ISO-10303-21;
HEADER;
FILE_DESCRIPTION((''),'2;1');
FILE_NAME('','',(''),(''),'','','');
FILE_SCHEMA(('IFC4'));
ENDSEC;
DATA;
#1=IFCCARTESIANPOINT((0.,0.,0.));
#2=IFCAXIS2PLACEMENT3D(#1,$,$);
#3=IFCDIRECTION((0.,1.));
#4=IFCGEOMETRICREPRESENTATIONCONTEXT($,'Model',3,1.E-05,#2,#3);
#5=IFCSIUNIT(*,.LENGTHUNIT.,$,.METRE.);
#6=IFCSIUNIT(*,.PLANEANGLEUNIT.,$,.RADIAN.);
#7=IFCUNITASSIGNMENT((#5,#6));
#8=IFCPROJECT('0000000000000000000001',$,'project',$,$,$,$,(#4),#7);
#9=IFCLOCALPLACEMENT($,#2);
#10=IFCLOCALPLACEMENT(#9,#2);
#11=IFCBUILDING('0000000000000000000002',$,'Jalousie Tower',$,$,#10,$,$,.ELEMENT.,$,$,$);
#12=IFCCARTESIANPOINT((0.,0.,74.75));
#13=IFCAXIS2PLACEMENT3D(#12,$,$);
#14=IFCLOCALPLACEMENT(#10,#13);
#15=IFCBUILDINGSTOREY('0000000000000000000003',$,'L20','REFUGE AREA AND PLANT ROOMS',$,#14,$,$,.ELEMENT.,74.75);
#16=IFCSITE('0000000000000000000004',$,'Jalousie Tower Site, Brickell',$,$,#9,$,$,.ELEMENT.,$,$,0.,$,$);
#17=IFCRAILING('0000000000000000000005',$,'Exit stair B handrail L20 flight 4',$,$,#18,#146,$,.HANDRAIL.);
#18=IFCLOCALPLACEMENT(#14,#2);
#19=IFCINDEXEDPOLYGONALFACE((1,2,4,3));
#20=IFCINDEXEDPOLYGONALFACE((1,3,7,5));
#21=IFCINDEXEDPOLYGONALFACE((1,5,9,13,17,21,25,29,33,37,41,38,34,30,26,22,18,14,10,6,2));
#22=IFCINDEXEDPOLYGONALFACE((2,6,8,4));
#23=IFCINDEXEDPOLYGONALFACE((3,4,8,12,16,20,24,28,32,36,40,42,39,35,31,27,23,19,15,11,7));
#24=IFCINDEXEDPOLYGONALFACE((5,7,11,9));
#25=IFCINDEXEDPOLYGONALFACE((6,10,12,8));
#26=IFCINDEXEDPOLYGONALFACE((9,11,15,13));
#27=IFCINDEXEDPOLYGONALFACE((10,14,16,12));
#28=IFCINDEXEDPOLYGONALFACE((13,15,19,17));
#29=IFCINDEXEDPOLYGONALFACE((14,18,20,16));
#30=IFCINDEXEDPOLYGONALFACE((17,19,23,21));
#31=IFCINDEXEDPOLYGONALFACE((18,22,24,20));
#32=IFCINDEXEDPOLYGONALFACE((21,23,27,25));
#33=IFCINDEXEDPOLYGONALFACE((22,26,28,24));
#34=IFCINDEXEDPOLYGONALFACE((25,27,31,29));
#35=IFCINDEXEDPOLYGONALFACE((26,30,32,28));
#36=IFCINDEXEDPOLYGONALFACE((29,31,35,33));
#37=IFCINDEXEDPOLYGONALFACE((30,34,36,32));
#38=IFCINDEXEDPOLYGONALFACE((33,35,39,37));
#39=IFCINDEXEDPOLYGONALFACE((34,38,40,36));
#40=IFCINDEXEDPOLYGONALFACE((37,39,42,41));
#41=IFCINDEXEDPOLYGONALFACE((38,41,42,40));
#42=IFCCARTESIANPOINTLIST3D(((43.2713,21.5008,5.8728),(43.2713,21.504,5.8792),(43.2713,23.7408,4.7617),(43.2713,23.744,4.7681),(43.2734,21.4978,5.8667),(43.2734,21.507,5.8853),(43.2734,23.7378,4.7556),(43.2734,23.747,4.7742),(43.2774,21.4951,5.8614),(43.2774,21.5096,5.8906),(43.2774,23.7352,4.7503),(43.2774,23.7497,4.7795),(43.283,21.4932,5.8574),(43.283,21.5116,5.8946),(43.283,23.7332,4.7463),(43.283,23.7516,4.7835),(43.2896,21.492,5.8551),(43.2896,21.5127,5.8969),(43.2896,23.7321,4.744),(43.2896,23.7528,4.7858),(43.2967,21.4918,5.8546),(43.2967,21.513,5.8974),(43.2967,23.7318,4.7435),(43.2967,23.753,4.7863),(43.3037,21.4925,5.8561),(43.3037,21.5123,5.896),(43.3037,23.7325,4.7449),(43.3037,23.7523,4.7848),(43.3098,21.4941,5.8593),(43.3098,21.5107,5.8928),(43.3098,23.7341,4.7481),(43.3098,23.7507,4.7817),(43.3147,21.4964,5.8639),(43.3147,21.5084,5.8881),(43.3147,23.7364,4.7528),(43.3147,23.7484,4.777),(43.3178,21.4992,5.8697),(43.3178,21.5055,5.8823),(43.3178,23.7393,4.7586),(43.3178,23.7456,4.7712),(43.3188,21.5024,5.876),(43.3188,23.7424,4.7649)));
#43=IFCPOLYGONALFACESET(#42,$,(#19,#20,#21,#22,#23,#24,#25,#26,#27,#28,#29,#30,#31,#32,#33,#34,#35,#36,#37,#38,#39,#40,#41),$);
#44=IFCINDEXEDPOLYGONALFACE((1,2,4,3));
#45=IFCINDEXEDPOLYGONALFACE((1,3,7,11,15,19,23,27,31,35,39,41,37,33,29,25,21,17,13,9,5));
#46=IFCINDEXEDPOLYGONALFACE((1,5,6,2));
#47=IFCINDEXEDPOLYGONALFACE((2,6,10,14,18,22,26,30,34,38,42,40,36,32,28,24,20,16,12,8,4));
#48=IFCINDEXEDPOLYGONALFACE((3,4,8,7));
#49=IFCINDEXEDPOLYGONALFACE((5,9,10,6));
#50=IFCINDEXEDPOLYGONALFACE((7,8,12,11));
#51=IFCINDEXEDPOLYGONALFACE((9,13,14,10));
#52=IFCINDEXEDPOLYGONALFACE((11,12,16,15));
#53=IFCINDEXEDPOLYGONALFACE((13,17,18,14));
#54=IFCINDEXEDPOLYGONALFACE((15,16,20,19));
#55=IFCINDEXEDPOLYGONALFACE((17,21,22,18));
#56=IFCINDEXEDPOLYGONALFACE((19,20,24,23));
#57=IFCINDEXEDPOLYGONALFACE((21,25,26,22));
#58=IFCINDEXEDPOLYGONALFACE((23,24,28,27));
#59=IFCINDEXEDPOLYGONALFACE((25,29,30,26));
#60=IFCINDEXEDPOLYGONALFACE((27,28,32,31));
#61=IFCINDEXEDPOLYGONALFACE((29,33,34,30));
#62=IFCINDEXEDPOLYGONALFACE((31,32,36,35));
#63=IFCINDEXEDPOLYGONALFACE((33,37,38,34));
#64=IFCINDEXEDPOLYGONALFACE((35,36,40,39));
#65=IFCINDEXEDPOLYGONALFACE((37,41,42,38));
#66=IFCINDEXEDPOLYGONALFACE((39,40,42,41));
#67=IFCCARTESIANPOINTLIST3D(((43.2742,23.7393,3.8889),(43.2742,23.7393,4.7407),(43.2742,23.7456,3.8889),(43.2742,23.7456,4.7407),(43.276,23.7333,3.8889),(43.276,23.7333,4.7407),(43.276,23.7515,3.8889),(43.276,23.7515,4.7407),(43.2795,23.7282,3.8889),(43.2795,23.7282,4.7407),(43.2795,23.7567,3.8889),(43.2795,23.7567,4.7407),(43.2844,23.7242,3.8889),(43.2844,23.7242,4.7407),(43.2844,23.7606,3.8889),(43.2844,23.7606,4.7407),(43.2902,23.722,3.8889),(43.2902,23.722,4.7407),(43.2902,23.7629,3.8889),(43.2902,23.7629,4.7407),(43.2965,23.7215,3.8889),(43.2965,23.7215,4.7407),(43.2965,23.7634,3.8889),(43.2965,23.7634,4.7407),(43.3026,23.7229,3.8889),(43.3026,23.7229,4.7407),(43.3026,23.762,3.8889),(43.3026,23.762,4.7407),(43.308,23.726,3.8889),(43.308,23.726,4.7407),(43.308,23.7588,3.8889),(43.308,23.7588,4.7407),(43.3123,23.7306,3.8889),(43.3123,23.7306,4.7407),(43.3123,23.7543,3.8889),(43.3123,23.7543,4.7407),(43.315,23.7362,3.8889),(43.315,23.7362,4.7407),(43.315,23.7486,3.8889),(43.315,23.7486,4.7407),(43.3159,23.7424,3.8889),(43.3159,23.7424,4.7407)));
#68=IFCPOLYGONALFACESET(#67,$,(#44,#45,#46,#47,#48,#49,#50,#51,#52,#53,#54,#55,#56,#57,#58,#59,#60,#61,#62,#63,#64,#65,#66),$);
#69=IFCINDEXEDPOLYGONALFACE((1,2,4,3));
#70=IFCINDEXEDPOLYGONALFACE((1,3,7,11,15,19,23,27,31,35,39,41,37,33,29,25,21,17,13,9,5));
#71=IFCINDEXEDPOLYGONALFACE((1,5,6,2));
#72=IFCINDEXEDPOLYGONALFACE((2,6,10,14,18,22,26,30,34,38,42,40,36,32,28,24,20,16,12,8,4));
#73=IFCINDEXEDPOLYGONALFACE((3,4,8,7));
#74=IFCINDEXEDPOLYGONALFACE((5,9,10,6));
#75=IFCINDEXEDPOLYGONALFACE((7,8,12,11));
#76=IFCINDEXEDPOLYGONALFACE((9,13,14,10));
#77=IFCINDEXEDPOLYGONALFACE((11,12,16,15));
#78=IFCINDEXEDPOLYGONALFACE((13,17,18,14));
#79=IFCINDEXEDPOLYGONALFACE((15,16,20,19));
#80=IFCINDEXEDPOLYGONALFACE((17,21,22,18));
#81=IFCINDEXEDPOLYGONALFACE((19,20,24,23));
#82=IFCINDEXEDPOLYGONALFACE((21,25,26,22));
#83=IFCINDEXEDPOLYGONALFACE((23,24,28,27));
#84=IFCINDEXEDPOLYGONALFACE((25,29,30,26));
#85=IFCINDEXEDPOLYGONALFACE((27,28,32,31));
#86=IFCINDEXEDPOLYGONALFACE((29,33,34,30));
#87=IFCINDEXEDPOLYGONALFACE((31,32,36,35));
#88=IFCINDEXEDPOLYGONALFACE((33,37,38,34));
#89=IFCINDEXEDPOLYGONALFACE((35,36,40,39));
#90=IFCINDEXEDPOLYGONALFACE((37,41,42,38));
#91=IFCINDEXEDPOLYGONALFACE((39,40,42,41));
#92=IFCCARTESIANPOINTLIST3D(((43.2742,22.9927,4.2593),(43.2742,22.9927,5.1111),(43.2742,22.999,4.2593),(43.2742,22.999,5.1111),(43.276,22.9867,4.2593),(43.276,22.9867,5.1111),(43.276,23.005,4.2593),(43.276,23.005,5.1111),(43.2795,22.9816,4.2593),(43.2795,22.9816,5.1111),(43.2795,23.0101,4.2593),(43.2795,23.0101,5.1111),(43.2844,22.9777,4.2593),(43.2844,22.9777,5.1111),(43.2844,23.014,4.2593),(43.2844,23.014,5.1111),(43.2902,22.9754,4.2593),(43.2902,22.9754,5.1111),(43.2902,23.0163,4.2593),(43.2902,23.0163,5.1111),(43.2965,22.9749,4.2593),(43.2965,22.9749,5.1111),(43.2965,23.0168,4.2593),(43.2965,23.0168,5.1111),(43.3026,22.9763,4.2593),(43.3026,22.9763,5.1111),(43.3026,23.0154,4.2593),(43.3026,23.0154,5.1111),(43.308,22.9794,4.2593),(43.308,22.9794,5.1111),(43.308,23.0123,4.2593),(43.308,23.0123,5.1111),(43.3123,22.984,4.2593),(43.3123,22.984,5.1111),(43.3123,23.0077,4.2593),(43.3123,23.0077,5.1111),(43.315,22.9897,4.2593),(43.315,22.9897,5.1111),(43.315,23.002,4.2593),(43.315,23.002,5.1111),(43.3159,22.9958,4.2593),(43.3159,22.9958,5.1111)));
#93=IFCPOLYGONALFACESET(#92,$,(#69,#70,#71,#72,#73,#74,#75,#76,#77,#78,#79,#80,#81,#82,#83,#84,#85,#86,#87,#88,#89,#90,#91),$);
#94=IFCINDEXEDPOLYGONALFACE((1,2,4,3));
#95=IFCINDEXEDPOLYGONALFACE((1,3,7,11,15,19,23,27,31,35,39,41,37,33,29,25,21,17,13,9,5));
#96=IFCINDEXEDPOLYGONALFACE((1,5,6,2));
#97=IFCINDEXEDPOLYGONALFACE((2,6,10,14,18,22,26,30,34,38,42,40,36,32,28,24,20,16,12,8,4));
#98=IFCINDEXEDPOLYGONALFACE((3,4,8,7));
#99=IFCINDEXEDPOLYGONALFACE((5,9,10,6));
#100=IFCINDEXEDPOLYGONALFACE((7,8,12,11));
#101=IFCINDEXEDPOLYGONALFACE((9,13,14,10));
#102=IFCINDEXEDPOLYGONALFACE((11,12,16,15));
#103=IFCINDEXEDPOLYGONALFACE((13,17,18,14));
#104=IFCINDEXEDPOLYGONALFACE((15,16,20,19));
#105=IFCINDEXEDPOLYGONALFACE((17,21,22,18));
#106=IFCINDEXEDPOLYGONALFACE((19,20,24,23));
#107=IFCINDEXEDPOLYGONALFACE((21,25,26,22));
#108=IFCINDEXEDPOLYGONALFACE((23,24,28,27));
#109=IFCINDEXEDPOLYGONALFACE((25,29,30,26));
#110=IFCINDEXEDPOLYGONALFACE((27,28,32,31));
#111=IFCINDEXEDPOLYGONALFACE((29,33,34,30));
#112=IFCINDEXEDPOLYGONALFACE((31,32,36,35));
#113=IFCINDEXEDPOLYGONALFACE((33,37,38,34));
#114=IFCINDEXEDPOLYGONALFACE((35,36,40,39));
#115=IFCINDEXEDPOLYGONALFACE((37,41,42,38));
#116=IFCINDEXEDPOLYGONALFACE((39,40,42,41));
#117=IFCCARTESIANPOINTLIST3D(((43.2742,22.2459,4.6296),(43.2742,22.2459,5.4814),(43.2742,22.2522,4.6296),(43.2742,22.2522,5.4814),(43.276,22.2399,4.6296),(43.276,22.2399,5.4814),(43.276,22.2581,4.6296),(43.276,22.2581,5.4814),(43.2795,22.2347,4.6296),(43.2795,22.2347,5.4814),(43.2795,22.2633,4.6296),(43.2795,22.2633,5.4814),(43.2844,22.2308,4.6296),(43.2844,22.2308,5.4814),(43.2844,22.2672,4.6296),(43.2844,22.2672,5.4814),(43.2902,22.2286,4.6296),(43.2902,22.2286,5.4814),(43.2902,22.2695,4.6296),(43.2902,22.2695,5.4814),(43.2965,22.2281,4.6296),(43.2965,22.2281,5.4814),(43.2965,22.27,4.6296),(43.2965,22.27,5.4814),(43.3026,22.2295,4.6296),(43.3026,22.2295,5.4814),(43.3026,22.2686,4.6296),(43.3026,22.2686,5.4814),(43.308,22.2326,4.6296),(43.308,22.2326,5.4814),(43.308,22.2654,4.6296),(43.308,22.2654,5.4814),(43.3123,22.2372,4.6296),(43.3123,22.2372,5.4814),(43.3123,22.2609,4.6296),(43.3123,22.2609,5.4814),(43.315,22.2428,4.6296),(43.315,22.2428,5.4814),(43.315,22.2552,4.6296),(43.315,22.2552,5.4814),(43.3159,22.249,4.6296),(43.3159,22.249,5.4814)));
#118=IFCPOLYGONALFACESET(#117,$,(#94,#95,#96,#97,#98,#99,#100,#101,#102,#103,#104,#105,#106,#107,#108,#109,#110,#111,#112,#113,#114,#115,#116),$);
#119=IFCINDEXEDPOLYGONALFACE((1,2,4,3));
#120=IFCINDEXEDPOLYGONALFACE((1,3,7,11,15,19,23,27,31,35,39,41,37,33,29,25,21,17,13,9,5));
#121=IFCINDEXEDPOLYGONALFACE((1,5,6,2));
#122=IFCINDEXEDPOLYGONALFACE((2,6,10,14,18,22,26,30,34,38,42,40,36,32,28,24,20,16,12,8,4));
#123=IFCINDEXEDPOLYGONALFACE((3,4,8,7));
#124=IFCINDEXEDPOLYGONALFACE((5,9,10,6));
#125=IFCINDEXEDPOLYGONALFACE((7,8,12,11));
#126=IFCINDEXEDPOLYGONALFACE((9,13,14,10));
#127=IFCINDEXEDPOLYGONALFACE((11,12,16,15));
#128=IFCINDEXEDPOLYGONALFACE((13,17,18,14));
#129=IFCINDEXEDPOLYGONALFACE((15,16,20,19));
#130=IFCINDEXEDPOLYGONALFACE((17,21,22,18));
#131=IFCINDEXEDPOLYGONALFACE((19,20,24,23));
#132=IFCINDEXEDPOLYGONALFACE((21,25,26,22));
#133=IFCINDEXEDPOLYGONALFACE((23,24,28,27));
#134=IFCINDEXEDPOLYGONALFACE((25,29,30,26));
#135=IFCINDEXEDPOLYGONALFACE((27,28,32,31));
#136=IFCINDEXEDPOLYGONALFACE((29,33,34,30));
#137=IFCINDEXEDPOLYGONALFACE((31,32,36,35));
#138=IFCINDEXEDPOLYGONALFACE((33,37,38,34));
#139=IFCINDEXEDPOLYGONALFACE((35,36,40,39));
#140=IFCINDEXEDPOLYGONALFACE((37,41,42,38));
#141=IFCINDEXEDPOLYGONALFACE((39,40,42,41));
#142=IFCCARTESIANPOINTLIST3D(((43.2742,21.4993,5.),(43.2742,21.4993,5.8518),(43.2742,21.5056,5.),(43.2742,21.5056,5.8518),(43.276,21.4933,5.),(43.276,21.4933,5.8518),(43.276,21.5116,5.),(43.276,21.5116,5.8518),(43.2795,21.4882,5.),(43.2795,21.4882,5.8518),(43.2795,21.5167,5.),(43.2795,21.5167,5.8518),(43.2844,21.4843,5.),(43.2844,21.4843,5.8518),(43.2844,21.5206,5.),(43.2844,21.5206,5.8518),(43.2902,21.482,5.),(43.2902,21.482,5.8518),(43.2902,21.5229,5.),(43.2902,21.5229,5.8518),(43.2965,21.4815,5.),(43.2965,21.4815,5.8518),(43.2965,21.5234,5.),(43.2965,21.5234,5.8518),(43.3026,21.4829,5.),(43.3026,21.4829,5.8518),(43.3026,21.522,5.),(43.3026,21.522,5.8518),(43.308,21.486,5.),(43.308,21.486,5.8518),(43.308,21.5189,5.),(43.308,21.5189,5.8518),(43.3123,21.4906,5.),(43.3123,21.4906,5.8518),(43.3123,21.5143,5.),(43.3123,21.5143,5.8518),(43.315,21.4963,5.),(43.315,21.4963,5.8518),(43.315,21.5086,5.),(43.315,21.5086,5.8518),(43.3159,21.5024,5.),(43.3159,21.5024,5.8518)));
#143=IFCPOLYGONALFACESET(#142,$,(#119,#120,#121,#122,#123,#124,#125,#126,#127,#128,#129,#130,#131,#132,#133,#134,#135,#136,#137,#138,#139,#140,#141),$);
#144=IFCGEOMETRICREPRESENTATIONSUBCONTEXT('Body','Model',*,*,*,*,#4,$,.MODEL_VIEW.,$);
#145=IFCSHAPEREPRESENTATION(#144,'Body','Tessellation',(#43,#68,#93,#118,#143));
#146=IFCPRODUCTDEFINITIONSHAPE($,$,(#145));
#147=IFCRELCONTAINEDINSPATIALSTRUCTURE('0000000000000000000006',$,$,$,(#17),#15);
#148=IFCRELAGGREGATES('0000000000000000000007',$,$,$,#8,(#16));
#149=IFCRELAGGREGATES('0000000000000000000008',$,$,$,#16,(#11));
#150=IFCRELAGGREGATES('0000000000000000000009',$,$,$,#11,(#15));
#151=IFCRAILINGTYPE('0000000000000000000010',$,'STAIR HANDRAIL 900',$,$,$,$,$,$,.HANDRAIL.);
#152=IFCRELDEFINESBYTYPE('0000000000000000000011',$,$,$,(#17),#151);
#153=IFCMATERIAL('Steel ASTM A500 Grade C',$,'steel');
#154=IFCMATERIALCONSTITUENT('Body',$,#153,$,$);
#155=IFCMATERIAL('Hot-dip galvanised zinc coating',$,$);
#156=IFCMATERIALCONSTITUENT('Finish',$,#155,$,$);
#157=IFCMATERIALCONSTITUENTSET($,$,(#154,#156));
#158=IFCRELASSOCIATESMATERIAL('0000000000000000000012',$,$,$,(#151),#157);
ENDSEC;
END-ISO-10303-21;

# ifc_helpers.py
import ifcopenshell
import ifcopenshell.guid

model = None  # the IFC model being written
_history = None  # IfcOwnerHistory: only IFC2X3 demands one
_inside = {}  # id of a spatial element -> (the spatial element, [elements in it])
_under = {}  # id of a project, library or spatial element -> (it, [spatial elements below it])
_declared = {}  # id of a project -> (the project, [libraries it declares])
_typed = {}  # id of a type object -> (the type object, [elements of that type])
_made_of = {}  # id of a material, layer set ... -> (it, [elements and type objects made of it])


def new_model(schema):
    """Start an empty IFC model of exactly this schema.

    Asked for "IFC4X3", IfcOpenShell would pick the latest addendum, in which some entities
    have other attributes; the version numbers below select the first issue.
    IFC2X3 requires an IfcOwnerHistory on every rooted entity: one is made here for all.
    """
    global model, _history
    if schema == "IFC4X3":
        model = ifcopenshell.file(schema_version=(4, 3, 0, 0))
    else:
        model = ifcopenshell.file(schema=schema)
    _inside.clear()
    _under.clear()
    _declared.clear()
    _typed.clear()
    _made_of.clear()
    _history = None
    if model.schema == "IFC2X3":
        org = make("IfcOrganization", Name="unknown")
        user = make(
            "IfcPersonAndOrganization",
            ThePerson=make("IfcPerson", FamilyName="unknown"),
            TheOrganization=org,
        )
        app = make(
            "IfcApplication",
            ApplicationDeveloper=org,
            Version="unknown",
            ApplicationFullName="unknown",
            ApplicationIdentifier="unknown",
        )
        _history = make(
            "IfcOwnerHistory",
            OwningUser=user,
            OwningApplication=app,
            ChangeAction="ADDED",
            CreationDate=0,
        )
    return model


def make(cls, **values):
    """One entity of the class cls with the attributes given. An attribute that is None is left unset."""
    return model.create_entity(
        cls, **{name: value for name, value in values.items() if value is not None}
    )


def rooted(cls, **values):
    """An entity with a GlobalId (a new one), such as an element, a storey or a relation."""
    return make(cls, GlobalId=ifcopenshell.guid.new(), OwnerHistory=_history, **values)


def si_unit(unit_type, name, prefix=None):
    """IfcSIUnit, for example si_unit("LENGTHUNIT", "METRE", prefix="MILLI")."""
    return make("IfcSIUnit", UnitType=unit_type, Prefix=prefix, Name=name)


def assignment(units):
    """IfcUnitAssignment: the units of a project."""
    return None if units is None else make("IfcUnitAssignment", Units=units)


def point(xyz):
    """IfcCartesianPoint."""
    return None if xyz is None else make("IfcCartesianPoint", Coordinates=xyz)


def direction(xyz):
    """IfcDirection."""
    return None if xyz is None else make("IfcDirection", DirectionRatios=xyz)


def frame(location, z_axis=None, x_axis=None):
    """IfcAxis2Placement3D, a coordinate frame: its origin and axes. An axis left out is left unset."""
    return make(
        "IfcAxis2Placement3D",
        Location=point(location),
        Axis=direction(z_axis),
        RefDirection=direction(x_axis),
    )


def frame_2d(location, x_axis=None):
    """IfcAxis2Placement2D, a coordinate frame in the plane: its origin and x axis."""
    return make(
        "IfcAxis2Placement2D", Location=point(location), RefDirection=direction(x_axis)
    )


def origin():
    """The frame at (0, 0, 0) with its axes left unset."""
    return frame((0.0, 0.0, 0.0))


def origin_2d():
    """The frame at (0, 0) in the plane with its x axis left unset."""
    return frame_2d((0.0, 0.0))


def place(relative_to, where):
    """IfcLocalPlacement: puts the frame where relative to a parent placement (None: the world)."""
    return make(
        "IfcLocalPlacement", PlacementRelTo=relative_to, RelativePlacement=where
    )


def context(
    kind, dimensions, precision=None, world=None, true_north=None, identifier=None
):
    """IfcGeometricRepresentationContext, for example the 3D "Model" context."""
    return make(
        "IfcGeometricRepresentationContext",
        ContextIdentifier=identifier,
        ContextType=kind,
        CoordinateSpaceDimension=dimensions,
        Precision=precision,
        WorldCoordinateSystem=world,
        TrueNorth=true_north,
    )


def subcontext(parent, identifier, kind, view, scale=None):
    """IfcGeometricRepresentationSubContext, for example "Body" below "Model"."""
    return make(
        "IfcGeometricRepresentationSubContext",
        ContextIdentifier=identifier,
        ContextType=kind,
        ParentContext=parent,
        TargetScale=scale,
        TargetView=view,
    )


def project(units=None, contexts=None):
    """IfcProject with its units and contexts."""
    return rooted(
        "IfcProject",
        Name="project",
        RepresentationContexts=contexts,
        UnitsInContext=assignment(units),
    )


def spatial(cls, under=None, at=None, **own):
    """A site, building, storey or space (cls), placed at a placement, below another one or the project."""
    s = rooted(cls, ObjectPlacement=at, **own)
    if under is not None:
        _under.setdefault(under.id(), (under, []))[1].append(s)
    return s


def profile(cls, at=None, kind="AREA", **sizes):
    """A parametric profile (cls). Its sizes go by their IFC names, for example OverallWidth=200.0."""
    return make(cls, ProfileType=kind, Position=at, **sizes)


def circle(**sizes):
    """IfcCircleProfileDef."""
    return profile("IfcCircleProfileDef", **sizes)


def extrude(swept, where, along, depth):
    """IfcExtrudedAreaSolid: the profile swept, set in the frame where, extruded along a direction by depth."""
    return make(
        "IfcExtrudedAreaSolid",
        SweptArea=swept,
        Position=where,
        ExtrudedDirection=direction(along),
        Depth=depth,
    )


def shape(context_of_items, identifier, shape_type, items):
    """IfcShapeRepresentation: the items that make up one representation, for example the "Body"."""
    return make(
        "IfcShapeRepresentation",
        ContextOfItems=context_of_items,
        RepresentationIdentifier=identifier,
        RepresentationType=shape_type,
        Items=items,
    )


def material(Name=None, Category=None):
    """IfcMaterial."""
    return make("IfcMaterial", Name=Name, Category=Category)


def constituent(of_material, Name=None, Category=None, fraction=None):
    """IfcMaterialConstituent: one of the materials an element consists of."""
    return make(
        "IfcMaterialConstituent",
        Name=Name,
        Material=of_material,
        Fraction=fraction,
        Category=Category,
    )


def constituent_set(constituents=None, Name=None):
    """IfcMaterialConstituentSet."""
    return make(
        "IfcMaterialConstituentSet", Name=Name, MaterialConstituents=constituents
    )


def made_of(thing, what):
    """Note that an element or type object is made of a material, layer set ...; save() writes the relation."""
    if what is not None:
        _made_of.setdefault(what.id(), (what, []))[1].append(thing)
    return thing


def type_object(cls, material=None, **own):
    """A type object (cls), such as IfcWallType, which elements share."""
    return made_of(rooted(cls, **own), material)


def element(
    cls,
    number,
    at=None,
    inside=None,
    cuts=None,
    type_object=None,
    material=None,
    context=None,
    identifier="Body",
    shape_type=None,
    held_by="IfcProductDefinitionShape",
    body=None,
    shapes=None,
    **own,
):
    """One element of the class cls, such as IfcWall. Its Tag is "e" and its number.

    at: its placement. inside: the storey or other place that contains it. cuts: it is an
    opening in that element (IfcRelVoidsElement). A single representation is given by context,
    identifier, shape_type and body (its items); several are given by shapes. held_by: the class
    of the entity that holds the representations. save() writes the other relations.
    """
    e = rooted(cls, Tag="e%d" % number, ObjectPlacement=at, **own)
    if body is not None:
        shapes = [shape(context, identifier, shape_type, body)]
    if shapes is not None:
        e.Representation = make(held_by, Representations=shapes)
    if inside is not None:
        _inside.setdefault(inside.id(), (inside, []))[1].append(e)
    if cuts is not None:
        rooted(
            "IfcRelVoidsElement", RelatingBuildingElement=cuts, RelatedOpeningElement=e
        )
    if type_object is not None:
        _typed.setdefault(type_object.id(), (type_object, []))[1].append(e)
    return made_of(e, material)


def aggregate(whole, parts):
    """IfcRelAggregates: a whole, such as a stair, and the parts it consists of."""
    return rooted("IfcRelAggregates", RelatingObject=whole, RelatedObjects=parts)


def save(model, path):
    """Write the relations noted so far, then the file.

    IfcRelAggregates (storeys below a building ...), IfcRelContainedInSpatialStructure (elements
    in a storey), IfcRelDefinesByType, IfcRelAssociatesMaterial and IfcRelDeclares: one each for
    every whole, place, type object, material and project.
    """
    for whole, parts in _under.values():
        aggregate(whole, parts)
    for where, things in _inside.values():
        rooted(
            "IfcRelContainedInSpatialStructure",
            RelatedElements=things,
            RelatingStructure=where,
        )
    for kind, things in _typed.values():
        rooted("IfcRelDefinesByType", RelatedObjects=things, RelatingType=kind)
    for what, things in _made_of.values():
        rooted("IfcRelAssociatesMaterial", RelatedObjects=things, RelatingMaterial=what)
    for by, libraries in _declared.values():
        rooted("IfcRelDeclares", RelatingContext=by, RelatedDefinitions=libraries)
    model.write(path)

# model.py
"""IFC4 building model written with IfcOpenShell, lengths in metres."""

from ifc_helpers import new_model, si_unit, direction, frame, origin, origin_2d, place, context, subcontext, project, spatial, circle, extrude, material, constituent, constituent_set, type_object, element, save


model = new_model("IFC4")

# Units and contexts
model_context = context("Model", 3, precision=1e-05, world=origin(), true_north=direction((0.0, 1.0)))
body_context = subcontext(model_context, "Body", "Model", "MODEL_VIEW")
ifc_project = project(units=[si_unit("LENGTHUNIT", "METRE"), si_unit("PLANEANGLEUNIT", "RADIAN")], contexts=[model_context])

# Site, building, storey
site_placement = place(None, origin())
site = spatial("IfcSite", under=ifc_project, at=site_placement, Name="Jalousie Tower Site, Brickell", CompositionType="ELEMENT", RefElevation=0.0)
building_placement = place(site_placement, origin())
building = spatial("IfcBuilding", under=site, at=building_placement, Name="Jalousie Tower", CompositionType="ELEMENT")
storey_placement = place(building_placement, frame((0.0, 0.0, 74.75)))
storey = spatial("IfcBuildingStorey", under=building, at=storey_placement, Name="L20", Description="REFUGE AREA AND PLANT ROOMS", CompositionType="ELEMENT", Elevation=74.75)

# Railing
ifc_material_1 = material(Name="Steel ASTM A500 Grade C", Category="steel")
ifc_constituent_1 = constituent(ifc_material_1, Name="Body")
ifc_material_2 = material(Name="Hot-dip galvanised zinc coating")
ifc_constituent_2 = constituent(ifc_material_2, Name="Finish")
ifc_constituent_set_1 = constituent_set(constituents=[ifc_constituent_1, ifc_constituent_2])
railing_type_1 = type_object("IfcRailingType", Name="STAIR HANDRAIL 900", PredefinedType="HANDRAIL", material=ifc_constituent_set_1)
railing_1_placement = place(storey_placement, frame((43.2949, 23.7424, 3.8889)))
element("IfcRailing", 1, at=railing_1_placement, inside=storey, type_object=railing_type_1, Name="Exit stair B handrail L20 flight 4", PredefinedType="HANDRAIL", context=body_context, shape_type="SweptSolid", body=[
    extrude(circle(Radius=0.0239, at=origin_2d()), frame((0.0, 0.0, 0.876), z_axis=(0.0, -0.895848, 0.44436), x_axis=(1.0, 0.0, 0.0)), (0.0, 0.0, 1.0), 2.5005),
    extrude(circle(Radius=0.021, at=origin_2d()), origin(), (0.0, 0.0, 1.0), 0.8518),
    extrude(circle(Radius=0.021, at=origin_2d()), frame((0.0, -0.7466, 0.3704)), (0.0, 0.0, 1.0), 0.8518),
    extrude(circle(Radius=0.021, at=origin_2d()), frame((0.0, -1.4934, 0.7407)), (0.0, 0.0, 1.0), 0.8518),
    extrude(circle(Radius=0.021, at=origin_2d()), frame((0.0, -2.24, 1.1111)), (0.0, 0.0, 1.0), 0.8518),
])

save(model, "model.ifc")
